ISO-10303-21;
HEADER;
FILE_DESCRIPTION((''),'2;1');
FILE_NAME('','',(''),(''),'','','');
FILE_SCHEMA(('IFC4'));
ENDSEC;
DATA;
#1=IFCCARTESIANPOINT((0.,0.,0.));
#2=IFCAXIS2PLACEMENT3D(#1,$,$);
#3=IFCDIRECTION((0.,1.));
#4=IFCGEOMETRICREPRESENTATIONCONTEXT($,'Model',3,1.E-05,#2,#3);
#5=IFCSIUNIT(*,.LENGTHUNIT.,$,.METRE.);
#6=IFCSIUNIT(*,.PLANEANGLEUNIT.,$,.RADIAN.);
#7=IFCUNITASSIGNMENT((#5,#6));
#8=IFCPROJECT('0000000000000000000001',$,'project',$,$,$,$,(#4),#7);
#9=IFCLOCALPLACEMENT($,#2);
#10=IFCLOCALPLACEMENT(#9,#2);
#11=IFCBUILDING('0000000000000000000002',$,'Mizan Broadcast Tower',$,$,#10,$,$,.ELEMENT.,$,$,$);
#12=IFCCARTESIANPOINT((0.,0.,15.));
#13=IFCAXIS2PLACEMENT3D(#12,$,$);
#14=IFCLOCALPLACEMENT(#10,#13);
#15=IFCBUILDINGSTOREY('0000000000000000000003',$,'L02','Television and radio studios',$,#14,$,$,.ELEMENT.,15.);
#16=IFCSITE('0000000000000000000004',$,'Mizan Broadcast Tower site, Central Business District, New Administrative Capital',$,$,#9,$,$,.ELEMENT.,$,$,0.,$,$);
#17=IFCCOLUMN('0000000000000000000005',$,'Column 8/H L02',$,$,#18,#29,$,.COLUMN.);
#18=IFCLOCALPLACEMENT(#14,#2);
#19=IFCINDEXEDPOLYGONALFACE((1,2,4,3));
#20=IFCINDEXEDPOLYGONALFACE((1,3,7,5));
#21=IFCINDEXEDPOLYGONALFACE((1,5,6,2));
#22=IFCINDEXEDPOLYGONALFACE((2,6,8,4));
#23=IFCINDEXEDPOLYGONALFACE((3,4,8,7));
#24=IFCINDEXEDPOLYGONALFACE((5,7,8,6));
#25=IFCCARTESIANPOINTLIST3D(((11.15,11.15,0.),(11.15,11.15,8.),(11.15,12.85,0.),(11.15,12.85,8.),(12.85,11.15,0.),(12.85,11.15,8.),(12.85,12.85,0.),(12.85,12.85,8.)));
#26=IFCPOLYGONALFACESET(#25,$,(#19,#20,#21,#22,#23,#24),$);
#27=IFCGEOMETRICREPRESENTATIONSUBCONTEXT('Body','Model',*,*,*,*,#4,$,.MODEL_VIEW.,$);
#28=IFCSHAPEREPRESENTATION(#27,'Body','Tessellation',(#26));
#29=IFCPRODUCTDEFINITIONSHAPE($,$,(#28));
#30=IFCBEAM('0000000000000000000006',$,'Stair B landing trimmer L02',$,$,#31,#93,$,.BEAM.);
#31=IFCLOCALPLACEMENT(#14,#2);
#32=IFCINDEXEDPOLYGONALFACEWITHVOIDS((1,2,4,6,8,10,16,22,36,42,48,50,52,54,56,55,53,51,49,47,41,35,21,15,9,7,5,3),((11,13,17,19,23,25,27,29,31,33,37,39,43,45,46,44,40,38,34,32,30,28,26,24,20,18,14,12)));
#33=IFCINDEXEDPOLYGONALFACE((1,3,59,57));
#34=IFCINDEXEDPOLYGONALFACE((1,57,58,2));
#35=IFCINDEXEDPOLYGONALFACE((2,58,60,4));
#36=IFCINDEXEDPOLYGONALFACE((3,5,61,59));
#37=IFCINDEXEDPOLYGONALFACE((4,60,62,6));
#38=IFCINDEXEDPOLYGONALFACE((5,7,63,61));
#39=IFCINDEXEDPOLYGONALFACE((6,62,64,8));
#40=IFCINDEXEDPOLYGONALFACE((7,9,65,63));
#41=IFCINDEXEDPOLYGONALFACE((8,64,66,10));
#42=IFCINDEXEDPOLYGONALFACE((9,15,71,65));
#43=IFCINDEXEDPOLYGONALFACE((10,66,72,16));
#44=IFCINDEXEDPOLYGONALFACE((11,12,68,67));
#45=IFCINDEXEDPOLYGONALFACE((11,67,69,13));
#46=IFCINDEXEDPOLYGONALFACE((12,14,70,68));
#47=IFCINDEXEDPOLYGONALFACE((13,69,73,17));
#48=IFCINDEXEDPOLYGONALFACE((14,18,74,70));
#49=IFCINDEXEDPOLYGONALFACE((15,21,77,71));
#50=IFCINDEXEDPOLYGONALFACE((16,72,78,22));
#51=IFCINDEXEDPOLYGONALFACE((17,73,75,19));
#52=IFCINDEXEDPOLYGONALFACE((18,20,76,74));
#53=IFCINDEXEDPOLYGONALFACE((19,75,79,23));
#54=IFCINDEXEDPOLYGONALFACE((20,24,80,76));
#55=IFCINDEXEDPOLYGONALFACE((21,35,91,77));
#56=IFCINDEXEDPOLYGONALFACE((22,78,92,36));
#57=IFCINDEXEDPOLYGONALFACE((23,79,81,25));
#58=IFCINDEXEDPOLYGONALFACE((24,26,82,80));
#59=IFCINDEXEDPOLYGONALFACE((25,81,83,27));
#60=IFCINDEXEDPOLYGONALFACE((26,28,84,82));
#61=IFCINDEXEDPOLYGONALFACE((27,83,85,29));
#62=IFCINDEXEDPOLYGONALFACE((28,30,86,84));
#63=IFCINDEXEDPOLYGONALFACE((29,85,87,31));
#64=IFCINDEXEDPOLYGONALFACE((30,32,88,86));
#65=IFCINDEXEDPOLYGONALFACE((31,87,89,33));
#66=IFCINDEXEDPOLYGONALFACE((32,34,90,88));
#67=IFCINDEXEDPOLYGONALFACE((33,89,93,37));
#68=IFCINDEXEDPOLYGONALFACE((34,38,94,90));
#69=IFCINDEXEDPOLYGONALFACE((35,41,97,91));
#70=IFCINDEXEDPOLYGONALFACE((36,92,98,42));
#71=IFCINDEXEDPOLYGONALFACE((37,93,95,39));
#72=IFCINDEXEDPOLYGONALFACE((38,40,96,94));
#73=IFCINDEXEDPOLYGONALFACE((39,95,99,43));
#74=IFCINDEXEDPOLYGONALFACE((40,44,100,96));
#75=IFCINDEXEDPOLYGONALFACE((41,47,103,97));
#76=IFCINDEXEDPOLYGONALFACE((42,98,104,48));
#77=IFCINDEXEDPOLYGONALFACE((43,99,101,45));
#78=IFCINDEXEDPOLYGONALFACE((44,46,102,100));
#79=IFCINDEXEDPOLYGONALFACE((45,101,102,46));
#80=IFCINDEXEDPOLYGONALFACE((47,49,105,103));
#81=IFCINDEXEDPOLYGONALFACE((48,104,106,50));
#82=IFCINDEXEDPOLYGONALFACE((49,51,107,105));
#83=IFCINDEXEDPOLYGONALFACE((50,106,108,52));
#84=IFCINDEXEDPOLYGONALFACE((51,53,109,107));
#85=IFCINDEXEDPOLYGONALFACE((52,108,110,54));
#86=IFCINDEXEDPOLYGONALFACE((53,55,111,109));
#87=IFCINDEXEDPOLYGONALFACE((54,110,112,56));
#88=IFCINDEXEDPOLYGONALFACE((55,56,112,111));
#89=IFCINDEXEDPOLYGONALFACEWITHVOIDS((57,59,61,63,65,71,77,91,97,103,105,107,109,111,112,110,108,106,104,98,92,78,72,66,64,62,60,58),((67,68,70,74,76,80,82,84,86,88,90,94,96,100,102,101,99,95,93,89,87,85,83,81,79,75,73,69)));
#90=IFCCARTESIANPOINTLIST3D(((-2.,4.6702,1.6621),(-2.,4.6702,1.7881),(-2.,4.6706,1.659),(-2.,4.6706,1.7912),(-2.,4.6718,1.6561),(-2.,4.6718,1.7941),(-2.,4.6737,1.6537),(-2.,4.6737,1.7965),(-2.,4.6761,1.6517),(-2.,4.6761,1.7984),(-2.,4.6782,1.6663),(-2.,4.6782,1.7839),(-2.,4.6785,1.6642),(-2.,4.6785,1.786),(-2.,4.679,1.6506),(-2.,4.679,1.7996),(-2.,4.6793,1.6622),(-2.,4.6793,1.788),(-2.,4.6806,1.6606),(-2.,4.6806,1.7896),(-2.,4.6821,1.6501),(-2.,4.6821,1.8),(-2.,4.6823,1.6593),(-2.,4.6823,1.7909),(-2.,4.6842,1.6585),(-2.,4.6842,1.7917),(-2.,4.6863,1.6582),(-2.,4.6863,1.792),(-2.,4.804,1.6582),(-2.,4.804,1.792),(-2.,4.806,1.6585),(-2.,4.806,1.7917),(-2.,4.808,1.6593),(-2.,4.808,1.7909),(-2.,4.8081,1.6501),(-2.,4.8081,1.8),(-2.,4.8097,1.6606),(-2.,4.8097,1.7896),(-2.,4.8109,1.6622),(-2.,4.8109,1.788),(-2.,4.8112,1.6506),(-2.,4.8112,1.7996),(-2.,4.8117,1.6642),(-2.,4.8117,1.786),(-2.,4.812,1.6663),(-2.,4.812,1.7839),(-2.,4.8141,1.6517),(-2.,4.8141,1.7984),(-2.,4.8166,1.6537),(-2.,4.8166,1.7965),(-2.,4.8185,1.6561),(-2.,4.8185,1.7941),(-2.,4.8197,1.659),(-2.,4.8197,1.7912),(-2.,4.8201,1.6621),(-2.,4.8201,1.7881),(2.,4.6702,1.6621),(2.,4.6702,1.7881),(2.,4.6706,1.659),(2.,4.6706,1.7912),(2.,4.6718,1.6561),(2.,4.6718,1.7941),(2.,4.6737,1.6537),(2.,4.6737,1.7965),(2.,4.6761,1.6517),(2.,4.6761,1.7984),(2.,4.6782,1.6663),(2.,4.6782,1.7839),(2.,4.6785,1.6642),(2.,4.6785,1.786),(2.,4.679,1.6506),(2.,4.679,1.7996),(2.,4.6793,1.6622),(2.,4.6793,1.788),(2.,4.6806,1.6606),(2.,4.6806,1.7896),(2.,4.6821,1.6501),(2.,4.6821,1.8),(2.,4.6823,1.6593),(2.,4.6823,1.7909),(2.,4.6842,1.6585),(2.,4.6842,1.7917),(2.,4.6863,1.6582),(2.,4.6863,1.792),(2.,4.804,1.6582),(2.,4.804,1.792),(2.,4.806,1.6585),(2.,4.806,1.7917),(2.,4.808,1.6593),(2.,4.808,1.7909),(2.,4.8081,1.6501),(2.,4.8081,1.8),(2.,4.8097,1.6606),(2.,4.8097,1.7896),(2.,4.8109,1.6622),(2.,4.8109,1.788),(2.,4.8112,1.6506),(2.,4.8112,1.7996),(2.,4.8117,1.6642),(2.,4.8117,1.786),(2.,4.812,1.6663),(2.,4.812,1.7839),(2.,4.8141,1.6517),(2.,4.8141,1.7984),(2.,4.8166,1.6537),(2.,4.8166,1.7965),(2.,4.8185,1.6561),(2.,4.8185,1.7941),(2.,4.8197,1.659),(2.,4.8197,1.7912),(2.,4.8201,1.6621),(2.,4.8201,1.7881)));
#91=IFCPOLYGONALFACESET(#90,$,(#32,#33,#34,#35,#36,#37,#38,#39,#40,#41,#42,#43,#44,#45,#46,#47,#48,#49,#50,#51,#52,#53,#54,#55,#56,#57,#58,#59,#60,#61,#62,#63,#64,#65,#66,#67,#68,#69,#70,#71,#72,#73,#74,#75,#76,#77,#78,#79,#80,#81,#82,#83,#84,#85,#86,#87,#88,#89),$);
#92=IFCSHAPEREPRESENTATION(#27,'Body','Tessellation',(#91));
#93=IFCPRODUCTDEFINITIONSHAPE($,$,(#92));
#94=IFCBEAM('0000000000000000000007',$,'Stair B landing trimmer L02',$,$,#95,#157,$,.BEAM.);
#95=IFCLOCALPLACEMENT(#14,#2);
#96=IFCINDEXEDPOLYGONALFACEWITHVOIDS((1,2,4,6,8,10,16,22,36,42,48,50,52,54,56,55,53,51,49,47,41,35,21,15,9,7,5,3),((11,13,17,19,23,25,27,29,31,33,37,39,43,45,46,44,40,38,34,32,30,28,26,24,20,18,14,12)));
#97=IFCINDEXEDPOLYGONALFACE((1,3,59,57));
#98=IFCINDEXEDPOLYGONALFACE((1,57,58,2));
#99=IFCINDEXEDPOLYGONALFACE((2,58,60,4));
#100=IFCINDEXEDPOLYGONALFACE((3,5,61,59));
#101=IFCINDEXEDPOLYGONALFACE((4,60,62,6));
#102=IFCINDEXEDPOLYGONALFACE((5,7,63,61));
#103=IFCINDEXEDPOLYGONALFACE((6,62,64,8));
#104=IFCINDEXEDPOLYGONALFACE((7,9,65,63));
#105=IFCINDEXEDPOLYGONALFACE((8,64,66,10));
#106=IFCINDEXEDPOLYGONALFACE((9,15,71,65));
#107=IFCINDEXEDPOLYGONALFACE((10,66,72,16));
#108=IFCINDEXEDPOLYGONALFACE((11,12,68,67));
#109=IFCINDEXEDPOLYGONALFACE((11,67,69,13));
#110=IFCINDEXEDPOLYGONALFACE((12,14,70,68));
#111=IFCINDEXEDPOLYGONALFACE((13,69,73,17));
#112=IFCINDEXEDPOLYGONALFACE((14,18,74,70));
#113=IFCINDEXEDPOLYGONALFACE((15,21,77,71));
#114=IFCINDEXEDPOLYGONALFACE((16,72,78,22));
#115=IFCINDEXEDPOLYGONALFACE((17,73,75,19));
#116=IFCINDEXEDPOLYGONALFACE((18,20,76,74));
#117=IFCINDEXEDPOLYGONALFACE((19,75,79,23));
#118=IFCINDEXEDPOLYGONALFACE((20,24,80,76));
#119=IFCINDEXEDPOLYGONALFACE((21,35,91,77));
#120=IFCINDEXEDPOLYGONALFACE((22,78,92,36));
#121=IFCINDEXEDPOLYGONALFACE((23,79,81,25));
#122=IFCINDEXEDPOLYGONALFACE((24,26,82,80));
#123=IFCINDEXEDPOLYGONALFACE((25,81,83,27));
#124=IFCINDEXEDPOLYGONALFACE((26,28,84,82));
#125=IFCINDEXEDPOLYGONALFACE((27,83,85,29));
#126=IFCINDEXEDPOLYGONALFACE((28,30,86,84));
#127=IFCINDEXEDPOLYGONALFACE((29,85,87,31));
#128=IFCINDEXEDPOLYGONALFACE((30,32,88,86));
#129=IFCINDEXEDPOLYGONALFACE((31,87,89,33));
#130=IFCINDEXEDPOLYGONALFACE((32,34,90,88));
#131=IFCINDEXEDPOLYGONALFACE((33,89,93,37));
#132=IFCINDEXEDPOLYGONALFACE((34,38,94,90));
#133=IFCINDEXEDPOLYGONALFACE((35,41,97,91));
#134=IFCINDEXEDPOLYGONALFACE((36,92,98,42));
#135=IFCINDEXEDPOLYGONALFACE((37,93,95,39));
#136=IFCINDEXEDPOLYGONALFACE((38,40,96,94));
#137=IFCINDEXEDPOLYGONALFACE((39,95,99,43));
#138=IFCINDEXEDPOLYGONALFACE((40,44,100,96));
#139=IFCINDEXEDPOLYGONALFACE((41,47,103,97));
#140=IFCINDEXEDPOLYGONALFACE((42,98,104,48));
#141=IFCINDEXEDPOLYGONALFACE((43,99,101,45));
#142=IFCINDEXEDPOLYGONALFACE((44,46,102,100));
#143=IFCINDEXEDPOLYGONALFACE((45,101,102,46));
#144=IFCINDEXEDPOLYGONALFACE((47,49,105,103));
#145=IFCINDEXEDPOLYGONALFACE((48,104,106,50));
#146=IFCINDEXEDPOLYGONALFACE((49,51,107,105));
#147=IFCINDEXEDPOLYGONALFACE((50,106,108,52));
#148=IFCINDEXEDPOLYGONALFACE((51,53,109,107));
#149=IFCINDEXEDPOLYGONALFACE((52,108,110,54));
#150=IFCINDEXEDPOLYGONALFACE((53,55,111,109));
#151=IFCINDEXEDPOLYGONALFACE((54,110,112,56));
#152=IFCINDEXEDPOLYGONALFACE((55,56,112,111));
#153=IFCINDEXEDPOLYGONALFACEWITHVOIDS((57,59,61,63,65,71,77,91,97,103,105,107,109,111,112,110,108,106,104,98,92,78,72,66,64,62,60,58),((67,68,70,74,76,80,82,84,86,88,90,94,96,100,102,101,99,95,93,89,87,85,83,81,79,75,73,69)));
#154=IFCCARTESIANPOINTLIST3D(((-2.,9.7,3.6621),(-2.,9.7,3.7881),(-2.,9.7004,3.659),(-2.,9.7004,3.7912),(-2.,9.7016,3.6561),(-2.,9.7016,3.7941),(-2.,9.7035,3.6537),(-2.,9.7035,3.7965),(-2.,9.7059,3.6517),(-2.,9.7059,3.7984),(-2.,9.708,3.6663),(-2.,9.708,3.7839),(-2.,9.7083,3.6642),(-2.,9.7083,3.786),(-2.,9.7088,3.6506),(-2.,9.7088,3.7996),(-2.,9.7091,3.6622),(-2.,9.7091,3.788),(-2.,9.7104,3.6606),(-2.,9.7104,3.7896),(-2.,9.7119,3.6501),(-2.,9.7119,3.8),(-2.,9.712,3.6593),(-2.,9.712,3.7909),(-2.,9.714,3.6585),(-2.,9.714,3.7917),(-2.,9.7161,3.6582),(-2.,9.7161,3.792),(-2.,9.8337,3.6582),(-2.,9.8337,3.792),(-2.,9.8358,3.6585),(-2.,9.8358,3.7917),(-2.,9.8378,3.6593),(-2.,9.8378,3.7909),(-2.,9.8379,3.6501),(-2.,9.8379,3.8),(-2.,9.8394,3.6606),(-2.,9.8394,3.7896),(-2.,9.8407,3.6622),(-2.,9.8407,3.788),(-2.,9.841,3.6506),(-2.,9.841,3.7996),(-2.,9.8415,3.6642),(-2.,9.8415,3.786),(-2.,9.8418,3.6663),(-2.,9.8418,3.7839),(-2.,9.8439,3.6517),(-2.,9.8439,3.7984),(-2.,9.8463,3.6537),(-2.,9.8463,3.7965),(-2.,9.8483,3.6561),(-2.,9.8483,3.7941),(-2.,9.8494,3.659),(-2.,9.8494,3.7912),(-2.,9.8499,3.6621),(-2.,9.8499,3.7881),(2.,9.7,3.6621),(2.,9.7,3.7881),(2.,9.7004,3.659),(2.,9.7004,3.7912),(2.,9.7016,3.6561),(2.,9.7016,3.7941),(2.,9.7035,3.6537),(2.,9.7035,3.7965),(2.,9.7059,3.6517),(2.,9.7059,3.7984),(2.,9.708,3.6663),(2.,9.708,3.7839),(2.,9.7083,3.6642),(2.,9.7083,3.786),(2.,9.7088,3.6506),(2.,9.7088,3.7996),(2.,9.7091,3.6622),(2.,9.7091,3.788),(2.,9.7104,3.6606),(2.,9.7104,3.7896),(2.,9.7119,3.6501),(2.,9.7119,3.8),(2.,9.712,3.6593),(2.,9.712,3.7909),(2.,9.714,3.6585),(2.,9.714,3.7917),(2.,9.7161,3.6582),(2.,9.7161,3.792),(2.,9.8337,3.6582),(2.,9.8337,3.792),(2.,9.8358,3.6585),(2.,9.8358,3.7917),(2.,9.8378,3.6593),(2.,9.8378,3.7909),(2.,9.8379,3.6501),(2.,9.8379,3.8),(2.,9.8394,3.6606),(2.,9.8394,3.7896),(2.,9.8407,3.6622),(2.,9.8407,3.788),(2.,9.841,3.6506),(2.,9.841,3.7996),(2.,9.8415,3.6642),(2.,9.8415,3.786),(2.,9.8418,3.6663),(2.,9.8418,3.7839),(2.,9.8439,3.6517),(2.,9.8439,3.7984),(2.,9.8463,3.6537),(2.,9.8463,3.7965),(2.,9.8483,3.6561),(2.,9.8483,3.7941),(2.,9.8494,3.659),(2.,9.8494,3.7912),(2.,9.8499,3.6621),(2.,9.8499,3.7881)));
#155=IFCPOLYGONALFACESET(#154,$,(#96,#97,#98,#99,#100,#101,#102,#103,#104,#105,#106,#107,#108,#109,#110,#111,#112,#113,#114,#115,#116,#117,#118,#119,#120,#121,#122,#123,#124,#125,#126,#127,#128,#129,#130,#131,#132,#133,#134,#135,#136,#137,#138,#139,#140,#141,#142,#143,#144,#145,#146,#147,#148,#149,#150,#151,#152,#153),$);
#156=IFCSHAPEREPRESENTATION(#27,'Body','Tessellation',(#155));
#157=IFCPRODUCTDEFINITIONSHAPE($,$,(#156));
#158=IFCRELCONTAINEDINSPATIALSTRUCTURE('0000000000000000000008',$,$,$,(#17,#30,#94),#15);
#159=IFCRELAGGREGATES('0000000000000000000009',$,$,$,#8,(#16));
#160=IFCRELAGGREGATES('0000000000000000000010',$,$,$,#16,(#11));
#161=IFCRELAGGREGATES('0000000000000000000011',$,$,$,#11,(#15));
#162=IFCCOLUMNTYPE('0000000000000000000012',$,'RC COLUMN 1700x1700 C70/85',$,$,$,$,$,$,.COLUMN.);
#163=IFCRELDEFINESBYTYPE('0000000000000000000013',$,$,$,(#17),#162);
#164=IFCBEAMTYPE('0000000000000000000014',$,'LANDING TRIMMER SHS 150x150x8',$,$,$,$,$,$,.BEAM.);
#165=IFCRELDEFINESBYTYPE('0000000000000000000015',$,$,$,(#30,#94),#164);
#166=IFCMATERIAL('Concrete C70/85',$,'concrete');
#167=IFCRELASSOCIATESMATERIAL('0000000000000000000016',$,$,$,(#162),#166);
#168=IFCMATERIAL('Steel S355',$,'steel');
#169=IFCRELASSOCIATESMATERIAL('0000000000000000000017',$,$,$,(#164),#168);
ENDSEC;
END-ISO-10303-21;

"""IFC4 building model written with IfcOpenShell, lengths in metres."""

from ifc_helpers import new_model, si_unit, direction, frame, origin, origin_2d, place, context, subcontext, project, spatial, rectangle, hollow_rectangle, extrude, material, material_profile, profile_set, type_object, element, save


model = new_model("IFC4")

# Units and contexts
model_context = context("Model", 3, precision=1e-05, world=origin(), true_north=direction((0.0, 1.0)))
body_context = subcontext(model_context, "Body", "Model", "MODEL_VIEW")
ifc_project = project(units=[si_unit("LENGTHUNIT", "METRE"), si_unit("PLANEANGLEUNIT", "RADIAN")], contexts=[model_context])

# Site, building, storey
site_placement = place(None, origin())
site = spatial("IfcSite", under=ifc_project, at=site_placement, Name="Mizan Broadcast Tower site, Central Business District, New Administrative Capital", CompositionType="ELEMENT", RefElevation=0.0)
building_placement = place(site_placement, origin())
building = spatial("IfcBuilding", under=site, at=building_placement, Name="Mizan Broadcast Tower", CompositionType="ELEMENT")
storey_placement = place(building_placement, frame((0.0, 0.0, 15.0)))
storey = spatial("IfcBuildingStorey", under=building, at=storey_placement, Name="L02", Description="Television and radio studios", CompositionType="ELEMENT", Elevation=15.0)

# Column
ifc_material_1 = material(Name="Concrete C70/85", Category="concrete")
ifc_material_profile_1 = material_profile(ifc_material_1, rectangle(XDim=1.7, YDim=1.7, at=origin_2d()), Name="RC 1700x1700")
ifc_profile_set_1 = profile_set([ifc_material_profile_1], Name="Concrete C70/85")
column_type = type_object("IfcColumnType", Name="RC COLUMN 1700x1700 C70/85", PredefinedType="COLUMN", material=ifc_profile_set_1)
column_placement = place(storey_placement, frame((12.0, 12.0, 0.0), z_axis=(0.0, 0.0, 1.0), x_axis=(1.0, 0.0, 0.0)))
element("IfcColumn", 1, at=column_placement, inside=storey, type_object=column_type, Name="Column 8/H L02", PredefinedType="COLUMN", context=body_context, shape_type="SweptSolid", body=[
    extrude(rectangle(XDim=1.7, YDim=1.7, at=origin_2d()), origin(), (0.0, 0.0, 1.0), 8.0),
])

# Beams
ifc_material_2 = material(Name="Steel S355", Category="steel")
ifc_material_profile_2 = material_profile(ifc_material_2, hollow_rectangle(XDim=0.1499, YDim=0.1499, WallThickness=0.0081, InnerFilletRadius=0.0081, OuterFilletRadius=0.012, at=origin_2d()), Name="SHS 150x150x8")
ifc_profile_set_2 = profile_set([ifc_material_profile_2], Name="Steel S355")
beam_type_1 = type_object("IfcBeamType", Name="LANDING TRIMMER SHS 150x150x8", PredefinedType="BEAM", material=ifc_profile_set_2)
for number, where, z_axis, x_axis, name in (
    (2, (2.0, 4.7451, 1.7251), (-1.0, 0.0, 0.0), (0.0, -1.0, 0.0), "Stair B landing trimmer L02"),
    (3, (2.0, 9.7749, 3.7251), (-1.0, 0.0, 0.0), (0.0, -1.0, 0.0), "Stair B landing trimmer L02"),
):
    element("IfcBeam", number, at=place(storey_placement, frame(where, z_axis=z_axis, x_axis=x_axis)), inside=storey, type_object=beam_type_1, Name=name, PredefinedType="BEAM", context=body_context, shape_type="SweptSolid", body=[
        extrude(hollow_rectangle(XDim=0.1499, YDim=0.1499, WallThickness=0.0081, InnerFilletRadius=0.0081, OuterFilletRadius=0.012, at=origin_2d()), origin(), (0.0, 0.0, 1.0), 4.0),
    ])

save(model, "model.ifc")
